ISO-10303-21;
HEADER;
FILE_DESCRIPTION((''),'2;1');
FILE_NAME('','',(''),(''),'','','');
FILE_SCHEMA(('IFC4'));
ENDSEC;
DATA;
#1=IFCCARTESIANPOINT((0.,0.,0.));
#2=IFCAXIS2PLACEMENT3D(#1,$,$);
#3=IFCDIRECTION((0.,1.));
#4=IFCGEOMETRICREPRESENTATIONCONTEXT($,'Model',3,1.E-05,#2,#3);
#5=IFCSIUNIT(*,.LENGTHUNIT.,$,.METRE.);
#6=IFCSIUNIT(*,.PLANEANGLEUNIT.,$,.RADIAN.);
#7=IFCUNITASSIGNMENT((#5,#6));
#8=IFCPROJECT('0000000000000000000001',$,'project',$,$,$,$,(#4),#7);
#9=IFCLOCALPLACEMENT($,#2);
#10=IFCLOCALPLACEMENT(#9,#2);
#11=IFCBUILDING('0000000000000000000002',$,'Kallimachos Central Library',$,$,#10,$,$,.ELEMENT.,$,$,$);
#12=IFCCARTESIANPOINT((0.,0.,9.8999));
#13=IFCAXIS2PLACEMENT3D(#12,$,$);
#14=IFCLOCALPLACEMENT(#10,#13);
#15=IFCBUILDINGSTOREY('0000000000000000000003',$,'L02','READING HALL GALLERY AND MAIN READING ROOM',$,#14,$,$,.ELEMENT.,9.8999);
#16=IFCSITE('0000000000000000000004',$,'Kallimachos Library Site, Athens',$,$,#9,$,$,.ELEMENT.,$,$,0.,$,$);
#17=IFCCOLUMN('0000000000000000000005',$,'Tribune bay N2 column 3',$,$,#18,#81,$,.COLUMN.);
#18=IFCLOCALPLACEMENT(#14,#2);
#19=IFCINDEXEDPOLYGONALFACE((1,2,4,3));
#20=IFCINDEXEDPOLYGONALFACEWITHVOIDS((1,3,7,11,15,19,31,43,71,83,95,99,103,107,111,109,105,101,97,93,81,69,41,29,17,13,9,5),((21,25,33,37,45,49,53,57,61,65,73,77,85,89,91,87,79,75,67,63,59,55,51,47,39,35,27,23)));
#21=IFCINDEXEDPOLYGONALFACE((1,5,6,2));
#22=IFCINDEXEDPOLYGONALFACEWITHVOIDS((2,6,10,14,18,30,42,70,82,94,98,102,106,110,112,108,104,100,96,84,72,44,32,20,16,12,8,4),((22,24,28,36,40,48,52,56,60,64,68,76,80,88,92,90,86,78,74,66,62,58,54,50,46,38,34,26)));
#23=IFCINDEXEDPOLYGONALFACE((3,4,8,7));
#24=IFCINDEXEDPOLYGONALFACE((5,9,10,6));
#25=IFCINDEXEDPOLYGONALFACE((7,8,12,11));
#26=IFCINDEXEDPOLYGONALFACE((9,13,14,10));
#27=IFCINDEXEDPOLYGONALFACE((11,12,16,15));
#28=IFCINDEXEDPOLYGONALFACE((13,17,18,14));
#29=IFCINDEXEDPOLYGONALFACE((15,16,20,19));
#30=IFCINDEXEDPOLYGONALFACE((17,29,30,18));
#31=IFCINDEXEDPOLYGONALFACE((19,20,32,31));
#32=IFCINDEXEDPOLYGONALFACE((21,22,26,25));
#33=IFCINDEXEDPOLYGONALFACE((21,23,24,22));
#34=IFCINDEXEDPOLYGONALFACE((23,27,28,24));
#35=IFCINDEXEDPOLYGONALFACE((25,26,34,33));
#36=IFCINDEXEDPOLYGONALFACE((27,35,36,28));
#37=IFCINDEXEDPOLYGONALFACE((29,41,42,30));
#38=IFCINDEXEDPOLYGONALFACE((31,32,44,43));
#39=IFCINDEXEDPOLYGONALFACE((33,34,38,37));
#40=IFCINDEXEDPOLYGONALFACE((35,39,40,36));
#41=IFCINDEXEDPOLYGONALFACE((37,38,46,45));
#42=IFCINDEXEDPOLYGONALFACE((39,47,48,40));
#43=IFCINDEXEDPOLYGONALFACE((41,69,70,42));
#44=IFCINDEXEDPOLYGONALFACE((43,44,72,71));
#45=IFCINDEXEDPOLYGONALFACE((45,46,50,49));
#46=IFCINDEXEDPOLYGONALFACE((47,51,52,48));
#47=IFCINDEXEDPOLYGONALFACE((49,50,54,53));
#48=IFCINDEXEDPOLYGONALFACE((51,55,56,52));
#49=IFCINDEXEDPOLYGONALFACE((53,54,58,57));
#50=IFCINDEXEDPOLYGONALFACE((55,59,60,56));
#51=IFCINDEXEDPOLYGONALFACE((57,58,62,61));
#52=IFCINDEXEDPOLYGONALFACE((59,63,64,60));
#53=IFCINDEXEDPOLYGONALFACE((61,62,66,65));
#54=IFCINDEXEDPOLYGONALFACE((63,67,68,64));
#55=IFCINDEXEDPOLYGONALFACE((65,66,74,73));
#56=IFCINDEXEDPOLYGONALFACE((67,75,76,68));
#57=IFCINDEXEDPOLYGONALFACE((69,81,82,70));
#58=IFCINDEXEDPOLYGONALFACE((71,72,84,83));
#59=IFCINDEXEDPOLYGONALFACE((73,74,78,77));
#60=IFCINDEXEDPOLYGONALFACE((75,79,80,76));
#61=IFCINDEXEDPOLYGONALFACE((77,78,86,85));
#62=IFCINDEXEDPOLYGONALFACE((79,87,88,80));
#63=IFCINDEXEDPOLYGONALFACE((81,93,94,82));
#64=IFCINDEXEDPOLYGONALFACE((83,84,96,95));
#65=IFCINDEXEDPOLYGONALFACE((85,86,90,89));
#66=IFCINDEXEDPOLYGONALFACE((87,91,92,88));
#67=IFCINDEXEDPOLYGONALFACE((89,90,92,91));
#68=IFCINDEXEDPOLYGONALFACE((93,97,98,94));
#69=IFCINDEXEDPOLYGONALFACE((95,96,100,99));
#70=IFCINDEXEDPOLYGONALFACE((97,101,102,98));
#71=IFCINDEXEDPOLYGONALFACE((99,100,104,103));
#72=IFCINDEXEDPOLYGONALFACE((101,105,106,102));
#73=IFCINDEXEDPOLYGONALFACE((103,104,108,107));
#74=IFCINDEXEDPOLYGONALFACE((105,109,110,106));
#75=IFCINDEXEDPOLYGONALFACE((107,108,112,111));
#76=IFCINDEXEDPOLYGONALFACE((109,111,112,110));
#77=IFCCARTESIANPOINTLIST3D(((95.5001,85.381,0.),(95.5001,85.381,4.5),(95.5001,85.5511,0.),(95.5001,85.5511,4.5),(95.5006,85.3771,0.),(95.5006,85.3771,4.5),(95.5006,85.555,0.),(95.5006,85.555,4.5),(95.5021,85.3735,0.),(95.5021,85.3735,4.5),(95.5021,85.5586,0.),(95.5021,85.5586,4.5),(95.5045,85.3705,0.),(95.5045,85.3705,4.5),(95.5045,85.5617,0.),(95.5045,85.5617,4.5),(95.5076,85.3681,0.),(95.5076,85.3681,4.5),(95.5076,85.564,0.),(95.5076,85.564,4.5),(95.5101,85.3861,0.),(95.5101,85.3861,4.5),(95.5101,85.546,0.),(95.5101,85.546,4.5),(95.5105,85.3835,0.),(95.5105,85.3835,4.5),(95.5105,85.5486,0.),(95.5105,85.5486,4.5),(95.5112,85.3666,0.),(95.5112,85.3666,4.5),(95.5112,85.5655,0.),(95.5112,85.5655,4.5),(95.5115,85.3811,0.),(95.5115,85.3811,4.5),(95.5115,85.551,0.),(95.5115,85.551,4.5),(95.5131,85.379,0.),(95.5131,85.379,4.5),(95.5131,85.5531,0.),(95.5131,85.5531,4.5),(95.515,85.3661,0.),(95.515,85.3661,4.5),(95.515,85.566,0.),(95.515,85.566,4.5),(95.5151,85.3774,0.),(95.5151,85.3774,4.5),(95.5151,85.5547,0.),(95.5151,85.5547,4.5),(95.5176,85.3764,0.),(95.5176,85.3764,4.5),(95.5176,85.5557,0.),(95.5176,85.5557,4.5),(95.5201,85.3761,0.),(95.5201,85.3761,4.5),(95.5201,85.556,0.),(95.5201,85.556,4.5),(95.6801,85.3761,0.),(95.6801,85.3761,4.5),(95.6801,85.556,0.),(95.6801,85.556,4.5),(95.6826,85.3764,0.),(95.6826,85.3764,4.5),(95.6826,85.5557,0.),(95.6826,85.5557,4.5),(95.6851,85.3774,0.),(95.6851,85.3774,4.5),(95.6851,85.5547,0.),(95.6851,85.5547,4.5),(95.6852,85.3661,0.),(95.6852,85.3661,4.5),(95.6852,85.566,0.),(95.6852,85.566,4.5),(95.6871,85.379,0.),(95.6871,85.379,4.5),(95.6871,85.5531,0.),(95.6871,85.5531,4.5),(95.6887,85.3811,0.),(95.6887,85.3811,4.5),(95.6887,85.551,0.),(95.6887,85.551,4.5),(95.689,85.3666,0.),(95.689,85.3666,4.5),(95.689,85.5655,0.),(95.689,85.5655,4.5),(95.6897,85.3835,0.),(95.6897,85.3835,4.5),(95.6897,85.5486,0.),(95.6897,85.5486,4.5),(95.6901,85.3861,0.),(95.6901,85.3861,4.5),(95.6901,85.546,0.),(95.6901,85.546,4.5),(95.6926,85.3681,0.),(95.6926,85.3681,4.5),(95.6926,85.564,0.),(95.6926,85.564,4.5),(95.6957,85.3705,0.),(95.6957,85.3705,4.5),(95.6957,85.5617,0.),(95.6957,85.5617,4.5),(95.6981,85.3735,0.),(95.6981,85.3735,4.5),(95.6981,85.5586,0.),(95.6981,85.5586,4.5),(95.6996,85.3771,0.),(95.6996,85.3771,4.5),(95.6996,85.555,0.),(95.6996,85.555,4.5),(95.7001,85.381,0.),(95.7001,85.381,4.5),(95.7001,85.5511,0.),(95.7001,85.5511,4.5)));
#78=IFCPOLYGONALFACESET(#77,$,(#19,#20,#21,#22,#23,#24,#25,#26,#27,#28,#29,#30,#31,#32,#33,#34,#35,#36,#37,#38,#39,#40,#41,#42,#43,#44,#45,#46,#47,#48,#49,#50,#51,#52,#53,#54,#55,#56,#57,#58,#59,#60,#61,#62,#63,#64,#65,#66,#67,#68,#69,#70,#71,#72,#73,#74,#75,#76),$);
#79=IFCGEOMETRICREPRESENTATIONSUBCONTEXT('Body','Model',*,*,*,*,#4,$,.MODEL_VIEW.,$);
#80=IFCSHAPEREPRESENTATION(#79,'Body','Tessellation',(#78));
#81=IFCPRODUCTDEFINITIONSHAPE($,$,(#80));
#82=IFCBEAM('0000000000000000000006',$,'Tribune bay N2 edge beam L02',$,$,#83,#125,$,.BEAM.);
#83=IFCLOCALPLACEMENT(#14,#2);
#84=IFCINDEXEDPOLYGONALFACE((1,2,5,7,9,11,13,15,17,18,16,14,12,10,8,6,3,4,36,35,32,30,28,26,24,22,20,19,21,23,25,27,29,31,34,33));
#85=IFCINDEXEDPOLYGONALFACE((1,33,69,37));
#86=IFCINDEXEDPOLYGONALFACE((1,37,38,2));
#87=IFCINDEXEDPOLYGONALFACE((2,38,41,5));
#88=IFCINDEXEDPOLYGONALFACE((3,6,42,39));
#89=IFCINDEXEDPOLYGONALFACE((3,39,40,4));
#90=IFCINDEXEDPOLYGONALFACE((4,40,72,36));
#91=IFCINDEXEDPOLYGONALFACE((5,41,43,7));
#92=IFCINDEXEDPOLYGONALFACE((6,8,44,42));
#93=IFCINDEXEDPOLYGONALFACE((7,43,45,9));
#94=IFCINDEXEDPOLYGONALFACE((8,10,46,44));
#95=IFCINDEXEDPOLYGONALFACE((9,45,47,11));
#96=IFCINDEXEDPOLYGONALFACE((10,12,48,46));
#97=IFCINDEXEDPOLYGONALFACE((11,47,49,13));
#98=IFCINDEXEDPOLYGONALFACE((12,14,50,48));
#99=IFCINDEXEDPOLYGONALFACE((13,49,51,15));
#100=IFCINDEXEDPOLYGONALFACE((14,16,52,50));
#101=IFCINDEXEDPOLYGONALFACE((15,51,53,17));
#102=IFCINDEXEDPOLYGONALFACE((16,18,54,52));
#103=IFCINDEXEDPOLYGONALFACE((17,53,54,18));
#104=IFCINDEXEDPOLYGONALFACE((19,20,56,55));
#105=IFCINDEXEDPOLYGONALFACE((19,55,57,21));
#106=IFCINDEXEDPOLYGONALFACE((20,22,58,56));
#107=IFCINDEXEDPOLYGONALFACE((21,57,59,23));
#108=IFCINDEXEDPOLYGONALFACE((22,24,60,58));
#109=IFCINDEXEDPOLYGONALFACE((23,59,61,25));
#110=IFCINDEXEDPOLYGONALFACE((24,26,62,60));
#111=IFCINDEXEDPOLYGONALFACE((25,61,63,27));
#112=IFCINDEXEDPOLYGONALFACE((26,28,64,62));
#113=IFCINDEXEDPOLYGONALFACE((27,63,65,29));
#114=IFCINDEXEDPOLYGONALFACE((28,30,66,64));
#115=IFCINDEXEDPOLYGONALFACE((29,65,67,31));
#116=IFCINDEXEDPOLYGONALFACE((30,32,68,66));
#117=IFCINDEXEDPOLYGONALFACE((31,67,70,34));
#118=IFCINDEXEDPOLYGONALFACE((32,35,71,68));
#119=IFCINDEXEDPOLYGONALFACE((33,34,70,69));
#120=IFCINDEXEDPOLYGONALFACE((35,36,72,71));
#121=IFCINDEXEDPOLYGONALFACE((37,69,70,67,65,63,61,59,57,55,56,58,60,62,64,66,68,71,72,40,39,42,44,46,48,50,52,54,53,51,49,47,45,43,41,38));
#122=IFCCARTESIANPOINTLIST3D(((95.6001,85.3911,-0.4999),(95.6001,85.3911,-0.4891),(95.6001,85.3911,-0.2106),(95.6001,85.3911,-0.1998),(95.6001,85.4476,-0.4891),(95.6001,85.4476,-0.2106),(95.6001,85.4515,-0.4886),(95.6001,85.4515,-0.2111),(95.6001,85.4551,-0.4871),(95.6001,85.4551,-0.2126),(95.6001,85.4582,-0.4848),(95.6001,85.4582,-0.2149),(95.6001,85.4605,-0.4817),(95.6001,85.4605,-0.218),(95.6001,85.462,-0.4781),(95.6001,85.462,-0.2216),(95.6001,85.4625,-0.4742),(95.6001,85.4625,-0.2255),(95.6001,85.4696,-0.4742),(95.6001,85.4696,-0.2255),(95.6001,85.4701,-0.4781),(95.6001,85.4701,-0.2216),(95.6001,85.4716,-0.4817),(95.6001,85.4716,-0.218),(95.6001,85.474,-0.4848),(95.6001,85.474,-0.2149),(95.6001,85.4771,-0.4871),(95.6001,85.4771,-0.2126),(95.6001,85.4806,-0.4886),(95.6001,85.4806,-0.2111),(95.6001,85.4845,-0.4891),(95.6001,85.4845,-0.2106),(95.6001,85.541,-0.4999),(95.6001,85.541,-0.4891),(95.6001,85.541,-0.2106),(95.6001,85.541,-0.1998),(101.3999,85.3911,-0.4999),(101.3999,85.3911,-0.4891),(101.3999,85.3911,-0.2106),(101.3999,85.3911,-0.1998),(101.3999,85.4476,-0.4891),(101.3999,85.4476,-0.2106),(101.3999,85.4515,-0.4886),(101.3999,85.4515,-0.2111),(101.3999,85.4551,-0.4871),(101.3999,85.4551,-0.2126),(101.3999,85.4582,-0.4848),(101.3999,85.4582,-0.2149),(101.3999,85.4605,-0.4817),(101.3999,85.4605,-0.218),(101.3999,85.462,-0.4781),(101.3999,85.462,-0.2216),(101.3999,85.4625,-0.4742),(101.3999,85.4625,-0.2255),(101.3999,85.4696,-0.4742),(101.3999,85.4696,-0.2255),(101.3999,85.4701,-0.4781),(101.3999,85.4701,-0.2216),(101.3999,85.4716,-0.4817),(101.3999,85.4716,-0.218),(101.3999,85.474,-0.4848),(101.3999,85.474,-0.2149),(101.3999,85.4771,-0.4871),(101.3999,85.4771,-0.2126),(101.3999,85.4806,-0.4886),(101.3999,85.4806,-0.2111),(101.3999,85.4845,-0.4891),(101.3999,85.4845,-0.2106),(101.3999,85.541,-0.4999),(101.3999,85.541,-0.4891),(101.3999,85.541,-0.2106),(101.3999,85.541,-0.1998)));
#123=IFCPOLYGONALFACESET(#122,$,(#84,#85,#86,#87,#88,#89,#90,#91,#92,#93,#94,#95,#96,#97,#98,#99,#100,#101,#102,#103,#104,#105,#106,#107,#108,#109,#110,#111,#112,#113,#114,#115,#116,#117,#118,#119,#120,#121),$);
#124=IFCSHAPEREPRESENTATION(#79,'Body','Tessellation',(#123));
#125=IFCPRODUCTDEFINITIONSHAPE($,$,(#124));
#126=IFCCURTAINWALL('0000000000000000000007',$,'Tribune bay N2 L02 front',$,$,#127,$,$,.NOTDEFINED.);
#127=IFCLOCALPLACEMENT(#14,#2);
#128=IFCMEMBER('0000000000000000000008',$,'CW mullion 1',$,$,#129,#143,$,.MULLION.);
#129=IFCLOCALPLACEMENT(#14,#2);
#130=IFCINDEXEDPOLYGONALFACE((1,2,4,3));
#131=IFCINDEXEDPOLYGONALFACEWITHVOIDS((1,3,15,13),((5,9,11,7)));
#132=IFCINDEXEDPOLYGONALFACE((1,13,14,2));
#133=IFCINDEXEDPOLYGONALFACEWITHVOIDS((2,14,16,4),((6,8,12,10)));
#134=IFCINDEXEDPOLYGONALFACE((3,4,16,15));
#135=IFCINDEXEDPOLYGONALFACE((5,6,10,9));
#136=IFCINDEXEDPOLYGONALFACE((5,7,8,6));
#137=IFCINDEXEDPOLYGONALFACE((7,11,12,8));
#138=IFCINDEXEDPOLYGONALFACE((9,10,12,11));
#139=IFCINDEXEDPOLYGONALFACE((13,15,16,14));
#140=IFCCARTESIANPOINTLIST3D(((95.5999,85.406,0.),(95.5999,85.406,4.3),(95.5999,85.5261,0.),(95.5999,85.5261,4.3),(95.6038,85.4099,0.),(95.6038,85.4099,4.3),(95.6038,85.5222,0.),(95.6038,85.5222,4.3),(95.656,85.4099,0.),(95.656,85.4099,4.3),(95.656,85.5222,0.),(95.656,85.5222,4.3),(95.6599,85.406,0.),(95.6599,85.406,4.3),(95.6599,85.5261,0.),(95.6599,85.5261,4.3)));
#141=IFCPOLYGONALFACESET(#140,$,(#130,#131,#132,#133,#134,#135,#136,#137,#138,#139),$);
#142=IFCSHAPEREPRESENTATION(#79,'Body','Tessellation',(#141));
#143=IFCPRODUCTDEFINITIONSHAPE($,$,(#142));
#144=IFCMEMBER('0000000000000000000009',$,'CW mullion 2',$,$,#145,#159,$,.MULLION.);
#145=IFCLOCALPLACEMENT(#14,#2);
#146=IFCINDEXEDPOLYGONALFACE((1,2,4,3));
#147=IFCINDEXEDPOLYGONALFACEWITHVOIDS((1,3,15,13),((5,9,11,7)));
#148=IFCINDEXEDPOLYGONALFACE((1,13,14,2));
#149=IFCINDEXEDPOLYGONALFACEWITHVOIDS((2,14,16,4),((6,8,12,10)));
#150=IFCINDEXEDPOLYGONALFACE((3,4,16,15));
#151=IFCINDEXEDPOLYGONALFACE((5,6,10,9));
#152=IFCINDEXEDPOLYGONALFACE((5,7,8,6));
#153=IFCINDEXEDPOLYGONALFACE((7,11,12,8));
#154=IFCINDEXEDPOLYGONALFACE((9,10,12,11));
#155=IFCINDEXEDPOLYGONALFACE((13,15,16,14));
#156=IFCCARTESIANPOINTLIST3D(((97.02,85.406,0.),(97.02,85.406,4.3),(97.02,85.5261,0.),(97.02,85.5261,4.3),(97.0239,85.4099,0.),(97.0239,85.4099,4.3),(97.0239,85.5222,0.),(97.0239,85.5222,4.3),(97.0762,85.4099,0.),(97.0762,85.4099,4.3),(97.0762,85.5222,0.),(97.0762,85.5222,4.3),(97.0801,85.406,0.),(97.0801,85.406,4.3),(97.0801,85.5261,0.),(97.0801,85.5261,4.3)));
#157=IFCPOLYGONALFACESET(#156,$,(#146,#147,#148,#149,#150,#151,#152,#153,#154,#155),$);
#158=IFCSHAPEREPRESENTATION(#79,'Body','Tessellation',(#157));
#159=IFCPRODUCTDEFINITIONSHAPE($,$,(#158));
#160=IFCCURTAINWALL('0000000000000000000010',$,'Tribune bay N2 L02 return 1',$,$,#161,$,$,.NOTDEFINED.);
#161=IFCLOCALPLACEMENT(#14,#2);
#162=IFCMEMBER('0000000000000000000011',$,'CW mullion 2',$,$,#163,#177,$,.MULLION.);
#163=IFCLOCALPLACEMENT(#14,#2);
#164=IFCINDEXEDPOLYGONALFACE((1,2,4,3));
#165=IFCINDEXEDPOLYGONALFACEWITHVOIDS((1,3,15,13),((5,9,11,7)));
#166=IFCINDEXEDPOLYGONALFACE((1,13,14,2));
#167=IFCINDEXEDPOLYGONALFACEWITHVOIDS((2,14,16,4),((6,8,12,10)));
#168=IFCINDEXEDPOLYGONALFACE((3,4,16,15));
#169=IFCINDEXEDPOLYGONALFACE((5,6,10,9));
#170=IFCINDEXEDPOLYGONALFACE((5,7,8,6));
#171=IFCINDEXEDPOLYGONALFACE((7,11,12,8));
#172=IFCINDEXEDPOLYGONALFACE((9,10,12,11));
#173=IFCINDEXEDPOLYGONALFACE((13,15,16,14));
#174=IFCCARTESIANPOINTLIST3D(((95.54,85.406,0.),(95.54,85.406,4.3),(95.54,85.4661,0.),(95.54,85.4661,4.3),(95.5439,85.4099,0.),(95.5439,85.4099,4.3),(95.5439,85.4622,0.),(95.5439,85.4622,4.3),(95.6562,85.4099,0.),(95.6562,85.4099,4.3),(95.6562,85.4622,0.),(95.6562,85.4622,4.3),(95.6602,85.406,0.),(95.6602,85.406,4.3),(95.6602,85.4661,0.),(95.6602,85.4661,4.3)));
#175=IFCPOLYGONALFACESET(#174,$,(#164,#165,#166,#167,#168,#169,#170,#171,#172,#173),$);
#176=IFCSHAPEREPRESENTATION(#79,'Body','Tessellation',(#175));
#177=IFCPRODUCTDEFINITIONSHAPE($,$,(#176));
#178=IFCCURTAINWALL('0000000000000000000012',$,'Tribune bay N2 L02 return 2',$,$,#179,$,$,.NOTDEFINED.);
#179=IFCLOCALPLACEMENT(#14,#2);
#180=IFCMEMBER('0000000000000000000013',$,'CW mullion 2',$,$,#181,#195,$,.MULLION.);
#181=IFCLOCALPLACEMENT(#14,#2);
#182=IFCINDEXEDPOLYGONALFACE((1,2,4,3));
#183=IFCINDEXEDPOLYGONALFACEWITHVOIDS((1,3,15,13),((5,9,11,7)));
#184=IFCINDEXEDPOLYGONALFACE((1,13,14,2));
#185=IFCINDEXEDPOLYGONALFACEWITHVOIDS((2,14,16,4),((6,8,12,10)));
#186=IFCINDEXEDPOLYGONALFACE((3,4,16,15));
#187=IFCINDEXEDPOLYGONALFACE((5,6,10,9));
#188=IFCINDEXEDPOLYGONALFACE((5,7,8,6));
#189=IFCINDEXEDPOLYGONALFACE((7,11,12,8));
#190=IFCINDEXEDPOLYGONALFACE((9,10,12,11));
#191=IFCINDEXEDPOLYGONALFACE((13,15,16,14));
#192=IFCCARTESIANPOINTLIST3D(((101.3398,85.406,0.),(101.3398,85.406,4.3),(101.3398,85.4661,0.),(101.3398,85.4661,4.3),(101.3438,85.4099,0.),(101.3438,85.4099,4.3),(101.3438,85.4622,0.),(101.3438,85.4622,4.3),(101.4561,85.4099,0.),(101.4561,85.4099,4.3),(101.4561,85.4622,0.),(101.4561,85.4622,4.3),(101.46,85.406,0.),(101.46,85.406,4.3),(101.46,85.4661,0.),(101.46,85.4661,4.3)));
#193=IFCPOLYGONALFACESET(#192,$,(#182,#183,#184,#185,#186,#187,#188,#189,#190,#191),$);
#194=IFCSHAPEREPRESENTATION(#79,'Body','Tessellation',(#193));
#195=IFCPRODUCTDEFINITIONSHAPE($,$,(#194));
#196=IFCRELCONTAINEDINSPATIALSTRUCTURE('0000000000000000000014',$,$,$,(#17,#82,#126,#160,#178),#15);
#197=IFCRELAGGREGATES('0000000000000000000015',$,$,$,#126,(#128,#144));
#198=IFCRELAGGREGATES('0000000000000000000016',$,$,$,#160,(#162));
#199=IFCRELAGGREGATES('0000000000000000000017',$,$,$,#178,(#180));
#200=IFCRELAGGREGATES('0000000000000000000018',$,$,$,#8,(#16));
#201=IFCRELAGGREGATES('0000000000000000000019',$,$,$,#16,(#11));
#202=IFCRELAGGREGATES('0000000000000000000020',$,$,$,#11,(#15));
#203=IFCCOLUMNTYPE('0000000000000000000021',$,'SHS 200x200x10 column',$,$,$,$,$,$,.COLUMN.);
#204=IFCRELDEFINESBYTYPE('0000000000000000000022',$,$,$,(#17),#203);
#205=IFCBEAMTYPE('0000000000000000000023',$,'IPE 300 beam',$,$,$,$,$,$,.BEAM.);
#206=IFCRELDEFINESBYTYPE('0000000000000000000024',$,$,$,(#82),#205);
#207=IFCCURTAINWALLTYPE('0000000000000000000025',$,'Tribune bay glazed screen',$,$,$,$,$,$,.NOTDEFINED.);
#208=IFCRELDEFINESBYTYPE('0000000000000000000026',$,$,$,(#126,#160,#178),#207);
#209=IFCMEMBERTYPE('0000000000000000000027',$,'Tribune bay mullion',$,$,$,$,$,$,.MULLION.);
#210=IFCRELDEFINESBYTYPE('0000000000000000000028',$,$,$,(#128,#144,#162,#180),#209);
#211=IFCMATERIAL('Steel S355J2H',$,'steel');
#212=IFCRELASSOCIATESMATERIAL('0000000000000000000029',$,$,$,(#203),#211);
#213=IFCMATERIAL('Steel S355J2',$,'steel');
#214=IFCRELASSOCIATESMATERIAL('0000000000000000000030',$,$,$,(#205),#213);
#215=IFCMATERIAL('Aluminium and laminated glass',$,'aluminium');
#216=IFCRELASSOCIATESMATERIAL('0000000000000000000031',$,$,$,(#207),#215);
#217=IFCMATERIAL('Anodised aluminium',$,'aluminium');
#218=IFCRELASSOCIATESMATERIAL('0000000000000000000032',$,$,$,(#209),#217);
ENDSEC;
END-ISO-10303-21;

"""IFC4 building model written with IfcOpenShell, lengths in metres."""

from ifc_helpers import new_model, si_unit, direction, frame, origin, origin_2d, place, context, subcontext, project, spatial, hollow_rectangle, i_section, extrude, material, material_profile, profile_set, type_object, element, aggregate, save


model = new_model("IFC4")

# Units and contexts
model_context = context("Model", 3, precision=1e-05, world=origin(), true_north=direction((0.0, 1.0)))
body_context = subcontext(model_context, "Body", "Model", "MODEL_VIEW")
ifc_project = project(units=[si_unit("LENGTHUNIT", "METRE"), si_unit("PLANEANGLEUNIT", "RADIAN")], contexts=[model_context])

# Site, building, storey
site_placement = place(None, origin())
site = spatial("IfcSite", under=ifc_project, at=site_placement, Name="Kallimachos Library Site, Athens", CompositionType="ELEMENT", RefElevation=0.0)
building_placement = place(site_placement, origin())
building = spatial("IfcBuilding", under=site, at=building_placement, Name="Kallimachos Central Library", CompositionType="ELEMENT")
storey_placement = place(building_placement, frame((0.0, 0.0, 9.8999)))
storey = spatial("IfcBuildingStorey", under=building, at=storey_placement, Name="L02", Description="READING HALL GALLERY AND MAIN READING ROOM", CompositionType="ELEMENT", Elevation=9.8999)

# Column
ifc_material_1 = material(Name="Steel S355J2H", Category="steel")
ifc_material_profile_1 = material_profile(ifc_material_1, hollow_rectangle(XDim=0.2, YDim=0.2, WallThickness=0.01, InnerFilletRadius=0.01, OuterFilletRadius=0.0149, at=origin_2d()), Name="SHS 200x200x10")
ifc_profile_set_1 = profile_set([ifc_material_profile_1], Name="Steel S355J2H")
column_type = type_object("IfcColumnType", Name="SHS 200x200x10 column", PredefinedType="COLUMN", material=ifc_profile_set_1)
column_placement = place(storey_placement, frame((95.6001, 85.4661, 0.0), z_axis=(0.0, 0.0, 1.0), x_axis=(1.0, 0.0, 0.0)))
element("IfcColumn", 1, at=column_placement, inside=storey, type_object=column_type, Name="Tribune bay N2 column 3", PredefinedType="COLUMN", context=body_context, shape_type="SweptSolid", body=[
    extrude(hollow_rectangle(XDim=0.2, YDim=0.2, WallThickness=0.01, InnerFilletRadius=0.01, OuterFilletRadius=0.0149, at=origin_2d()), origin(), (0.0, 0.0, 1.0), 4.5),
])

# Beam
ifc_material_2 = material(Name="Steel S355J2", Category="steel")
ifc_material_profile_2 = material_profile(ifc_material_2, i_section(OverallWidth=0.1499, OverallDepth=0.3, WebThickness=0.0071, FlangeThickness=0.0107, FilletRadius=0.0149, at=origin_2d()), Name="IPE 300")
ifc_profile_set_2 = profile_set([ifc_material_profile_2], Name="Steel S355J2")
beam_type = type_object("IfcBeamType", Name="IPE 300 beam", PredefinedType="BEAM", material=ifc_profile_set_2)
beam_placement = place(storey_placement, frame((95.6001, 85.4661, -0.3499), z_axis=(1.0, 0.0, 0.0), x_axis=(0.0, 1.0, 0.0)))
element("IfcBeam", 2, at=beam_placement, inside=storey, type_object=beam_type, Name="Tribune bay N2 edge beam L02", PredefinedType="BEAM", context=body_context, shape_type="SweptSolid", body=[
    extrude(i_section(OverallWidth=0.1499, OverallDepth=0.3, WebThickness=0.0071, FlangeThickness=0.0107, FilletRadius=0.0149, at=origin_2d()), origin(), (0.0, 0.0, 1.0), 5.7998),
])

# Curtain wall, members
ifc_material_3 = material(Name="Aluminium and laminated glass", Category="aluminium")
curtain_wall_type = type_object("IfcCurtainWallType", Name="Tribune bay glazed screen", PredefinedType="NOTDEFINED", material=ifc_material_3)
curtain_wall_1_placement = place(storey_placement, origin())
curtain_wall_1 = element("IfcCurtainWall", 3, at=curtain_wall_1_placement, inside=storey, type_object=curtain_wall_type, Name="Tribune bay N2 L02 front", PredefinedType="NOTDEFINED")
ifc_material_4 = material(Name="Anodised aluminium", Category="aluminium")
ifc_material_profile_3 = material_profile(ifc_material_4, hollow_rectangle(XDim=0.0601, YDim=0.1201, WallThickness=0.0039, at=origin_2d()), Name="ALU MULLION 60x120")
ifc_profile_set_3 = profile_set([ifc_material_profile_3], Name="Anodised aluminium")
member_type_1 = type_object("IfcMemberType", Name="Tribune bay mullion", PredefinedType="MULLION", material=ifc_profile_set_3)
member_1_placement = place(storey_placement, frame((95.6299, 85.4661, 0.0), z_axis=(0.0, 0.0, 1.0), x_axis=(1.0, 0.0, 0.0)))
member_1 = element("IfcMember", 4, at=member_1_placement, type_object=member_type_1, Name="CW mullion 1", PredefinedType="MULLION", context=body_context, shape_type="SweptSolid", body=[
    extrude(hollow_rectangle(XDim=0.0601, YDim=0.1201, WallThickness=0.0039, at=origin_2d()), origin(), (0.0, 0.0, 1.0), 4.3),
])
member_2_placement = place(storey_placement, frame((97.05, 85.4661, 0.0), z_axis=(0.0, 0.0, 1.0), x_axis=(1.0, 0.0, 0.0)))
member_2 = element("IfcMember", 5, at=member_2_placement, type_object=member_type_1, Name="CW mullion 2", PredefinedType="MULLION", context=body_context, shape_type="SweptSolid", body=[
    extrude(hollow_rectangle(XDim=0.0601, YDim=0.1201, WallThickness=0.0039, at=origin_2d()), origin(), (0.0, 0.0, 1.0), 4.3),
])

# Curtain walls, members
curtain_wall_2_placement = place(storey_placement, origin())
curtain_wall_2 = element("IfcCurtainWall", 6, at=curtain_wall_2_placement, inside=storey, type_object=curtain_wall_type, Name="Tribune bay N2 L02 return 1", PredefinedType="NOTDEFINED")
member_3_placement = place(storey_placement, frame((95.6001, 85.436, 0.0), z_axis=(0.0, 0.0, 1.0), x_axis=(0.0, 1.0, 0.0)))
member_3 = element("IfcMember", 7, at=member_3_placement, type_object=member_type_1, Name="CW mullion 2", PredefinedType="MULLION", context=body_context, shape_type="SweptSolid", body=[
    extrude(hollow_rectangle(XDim=0.0601, YDim=0.1201, WallThickness=0.0039, at=origin_2d()), origin(), (0.0, 0.0, 1.0), 4.3),
])
curtain_wall_3_placement = place(storey_placement, origin())
curtain_wall_3 = element("IfcCurtainWall", 8, at=curtain_wall_3_placement, inside=storey, type_object=curtain_wall_type, Name="Tribune bay N2 L02 return 2", PredefinedType="NOTDEFINED")
member_4_placement = place(storey_placement, frame((101.3999, 85.436, 0.0), z_axis=(0.0, 0.0, 1.0), x_axis=(0.0, 1.0, 0.0)))
member_4 = element("IfcMember", 9, at=member_4_placement, type_object=member_type_1, Name="CW mullion 2", PredefinedType="MULLION", context=body_context, shape_type="SweptSolid", body=[
    extrude(hollow_rectangle(XDim=0.0601, YDim=0.1201, WallThickness=0.0039, at=origin_2d()), origin(), (0.0, 0.0, 1.0), 4.3),
])

aggregate(curtain_wall_1, [member_1, member_2])
aggregate(curtain_wall_2, [member_3])
aggregate(curtain_wall_3, [member_4])

save(model, "model.ifc")
